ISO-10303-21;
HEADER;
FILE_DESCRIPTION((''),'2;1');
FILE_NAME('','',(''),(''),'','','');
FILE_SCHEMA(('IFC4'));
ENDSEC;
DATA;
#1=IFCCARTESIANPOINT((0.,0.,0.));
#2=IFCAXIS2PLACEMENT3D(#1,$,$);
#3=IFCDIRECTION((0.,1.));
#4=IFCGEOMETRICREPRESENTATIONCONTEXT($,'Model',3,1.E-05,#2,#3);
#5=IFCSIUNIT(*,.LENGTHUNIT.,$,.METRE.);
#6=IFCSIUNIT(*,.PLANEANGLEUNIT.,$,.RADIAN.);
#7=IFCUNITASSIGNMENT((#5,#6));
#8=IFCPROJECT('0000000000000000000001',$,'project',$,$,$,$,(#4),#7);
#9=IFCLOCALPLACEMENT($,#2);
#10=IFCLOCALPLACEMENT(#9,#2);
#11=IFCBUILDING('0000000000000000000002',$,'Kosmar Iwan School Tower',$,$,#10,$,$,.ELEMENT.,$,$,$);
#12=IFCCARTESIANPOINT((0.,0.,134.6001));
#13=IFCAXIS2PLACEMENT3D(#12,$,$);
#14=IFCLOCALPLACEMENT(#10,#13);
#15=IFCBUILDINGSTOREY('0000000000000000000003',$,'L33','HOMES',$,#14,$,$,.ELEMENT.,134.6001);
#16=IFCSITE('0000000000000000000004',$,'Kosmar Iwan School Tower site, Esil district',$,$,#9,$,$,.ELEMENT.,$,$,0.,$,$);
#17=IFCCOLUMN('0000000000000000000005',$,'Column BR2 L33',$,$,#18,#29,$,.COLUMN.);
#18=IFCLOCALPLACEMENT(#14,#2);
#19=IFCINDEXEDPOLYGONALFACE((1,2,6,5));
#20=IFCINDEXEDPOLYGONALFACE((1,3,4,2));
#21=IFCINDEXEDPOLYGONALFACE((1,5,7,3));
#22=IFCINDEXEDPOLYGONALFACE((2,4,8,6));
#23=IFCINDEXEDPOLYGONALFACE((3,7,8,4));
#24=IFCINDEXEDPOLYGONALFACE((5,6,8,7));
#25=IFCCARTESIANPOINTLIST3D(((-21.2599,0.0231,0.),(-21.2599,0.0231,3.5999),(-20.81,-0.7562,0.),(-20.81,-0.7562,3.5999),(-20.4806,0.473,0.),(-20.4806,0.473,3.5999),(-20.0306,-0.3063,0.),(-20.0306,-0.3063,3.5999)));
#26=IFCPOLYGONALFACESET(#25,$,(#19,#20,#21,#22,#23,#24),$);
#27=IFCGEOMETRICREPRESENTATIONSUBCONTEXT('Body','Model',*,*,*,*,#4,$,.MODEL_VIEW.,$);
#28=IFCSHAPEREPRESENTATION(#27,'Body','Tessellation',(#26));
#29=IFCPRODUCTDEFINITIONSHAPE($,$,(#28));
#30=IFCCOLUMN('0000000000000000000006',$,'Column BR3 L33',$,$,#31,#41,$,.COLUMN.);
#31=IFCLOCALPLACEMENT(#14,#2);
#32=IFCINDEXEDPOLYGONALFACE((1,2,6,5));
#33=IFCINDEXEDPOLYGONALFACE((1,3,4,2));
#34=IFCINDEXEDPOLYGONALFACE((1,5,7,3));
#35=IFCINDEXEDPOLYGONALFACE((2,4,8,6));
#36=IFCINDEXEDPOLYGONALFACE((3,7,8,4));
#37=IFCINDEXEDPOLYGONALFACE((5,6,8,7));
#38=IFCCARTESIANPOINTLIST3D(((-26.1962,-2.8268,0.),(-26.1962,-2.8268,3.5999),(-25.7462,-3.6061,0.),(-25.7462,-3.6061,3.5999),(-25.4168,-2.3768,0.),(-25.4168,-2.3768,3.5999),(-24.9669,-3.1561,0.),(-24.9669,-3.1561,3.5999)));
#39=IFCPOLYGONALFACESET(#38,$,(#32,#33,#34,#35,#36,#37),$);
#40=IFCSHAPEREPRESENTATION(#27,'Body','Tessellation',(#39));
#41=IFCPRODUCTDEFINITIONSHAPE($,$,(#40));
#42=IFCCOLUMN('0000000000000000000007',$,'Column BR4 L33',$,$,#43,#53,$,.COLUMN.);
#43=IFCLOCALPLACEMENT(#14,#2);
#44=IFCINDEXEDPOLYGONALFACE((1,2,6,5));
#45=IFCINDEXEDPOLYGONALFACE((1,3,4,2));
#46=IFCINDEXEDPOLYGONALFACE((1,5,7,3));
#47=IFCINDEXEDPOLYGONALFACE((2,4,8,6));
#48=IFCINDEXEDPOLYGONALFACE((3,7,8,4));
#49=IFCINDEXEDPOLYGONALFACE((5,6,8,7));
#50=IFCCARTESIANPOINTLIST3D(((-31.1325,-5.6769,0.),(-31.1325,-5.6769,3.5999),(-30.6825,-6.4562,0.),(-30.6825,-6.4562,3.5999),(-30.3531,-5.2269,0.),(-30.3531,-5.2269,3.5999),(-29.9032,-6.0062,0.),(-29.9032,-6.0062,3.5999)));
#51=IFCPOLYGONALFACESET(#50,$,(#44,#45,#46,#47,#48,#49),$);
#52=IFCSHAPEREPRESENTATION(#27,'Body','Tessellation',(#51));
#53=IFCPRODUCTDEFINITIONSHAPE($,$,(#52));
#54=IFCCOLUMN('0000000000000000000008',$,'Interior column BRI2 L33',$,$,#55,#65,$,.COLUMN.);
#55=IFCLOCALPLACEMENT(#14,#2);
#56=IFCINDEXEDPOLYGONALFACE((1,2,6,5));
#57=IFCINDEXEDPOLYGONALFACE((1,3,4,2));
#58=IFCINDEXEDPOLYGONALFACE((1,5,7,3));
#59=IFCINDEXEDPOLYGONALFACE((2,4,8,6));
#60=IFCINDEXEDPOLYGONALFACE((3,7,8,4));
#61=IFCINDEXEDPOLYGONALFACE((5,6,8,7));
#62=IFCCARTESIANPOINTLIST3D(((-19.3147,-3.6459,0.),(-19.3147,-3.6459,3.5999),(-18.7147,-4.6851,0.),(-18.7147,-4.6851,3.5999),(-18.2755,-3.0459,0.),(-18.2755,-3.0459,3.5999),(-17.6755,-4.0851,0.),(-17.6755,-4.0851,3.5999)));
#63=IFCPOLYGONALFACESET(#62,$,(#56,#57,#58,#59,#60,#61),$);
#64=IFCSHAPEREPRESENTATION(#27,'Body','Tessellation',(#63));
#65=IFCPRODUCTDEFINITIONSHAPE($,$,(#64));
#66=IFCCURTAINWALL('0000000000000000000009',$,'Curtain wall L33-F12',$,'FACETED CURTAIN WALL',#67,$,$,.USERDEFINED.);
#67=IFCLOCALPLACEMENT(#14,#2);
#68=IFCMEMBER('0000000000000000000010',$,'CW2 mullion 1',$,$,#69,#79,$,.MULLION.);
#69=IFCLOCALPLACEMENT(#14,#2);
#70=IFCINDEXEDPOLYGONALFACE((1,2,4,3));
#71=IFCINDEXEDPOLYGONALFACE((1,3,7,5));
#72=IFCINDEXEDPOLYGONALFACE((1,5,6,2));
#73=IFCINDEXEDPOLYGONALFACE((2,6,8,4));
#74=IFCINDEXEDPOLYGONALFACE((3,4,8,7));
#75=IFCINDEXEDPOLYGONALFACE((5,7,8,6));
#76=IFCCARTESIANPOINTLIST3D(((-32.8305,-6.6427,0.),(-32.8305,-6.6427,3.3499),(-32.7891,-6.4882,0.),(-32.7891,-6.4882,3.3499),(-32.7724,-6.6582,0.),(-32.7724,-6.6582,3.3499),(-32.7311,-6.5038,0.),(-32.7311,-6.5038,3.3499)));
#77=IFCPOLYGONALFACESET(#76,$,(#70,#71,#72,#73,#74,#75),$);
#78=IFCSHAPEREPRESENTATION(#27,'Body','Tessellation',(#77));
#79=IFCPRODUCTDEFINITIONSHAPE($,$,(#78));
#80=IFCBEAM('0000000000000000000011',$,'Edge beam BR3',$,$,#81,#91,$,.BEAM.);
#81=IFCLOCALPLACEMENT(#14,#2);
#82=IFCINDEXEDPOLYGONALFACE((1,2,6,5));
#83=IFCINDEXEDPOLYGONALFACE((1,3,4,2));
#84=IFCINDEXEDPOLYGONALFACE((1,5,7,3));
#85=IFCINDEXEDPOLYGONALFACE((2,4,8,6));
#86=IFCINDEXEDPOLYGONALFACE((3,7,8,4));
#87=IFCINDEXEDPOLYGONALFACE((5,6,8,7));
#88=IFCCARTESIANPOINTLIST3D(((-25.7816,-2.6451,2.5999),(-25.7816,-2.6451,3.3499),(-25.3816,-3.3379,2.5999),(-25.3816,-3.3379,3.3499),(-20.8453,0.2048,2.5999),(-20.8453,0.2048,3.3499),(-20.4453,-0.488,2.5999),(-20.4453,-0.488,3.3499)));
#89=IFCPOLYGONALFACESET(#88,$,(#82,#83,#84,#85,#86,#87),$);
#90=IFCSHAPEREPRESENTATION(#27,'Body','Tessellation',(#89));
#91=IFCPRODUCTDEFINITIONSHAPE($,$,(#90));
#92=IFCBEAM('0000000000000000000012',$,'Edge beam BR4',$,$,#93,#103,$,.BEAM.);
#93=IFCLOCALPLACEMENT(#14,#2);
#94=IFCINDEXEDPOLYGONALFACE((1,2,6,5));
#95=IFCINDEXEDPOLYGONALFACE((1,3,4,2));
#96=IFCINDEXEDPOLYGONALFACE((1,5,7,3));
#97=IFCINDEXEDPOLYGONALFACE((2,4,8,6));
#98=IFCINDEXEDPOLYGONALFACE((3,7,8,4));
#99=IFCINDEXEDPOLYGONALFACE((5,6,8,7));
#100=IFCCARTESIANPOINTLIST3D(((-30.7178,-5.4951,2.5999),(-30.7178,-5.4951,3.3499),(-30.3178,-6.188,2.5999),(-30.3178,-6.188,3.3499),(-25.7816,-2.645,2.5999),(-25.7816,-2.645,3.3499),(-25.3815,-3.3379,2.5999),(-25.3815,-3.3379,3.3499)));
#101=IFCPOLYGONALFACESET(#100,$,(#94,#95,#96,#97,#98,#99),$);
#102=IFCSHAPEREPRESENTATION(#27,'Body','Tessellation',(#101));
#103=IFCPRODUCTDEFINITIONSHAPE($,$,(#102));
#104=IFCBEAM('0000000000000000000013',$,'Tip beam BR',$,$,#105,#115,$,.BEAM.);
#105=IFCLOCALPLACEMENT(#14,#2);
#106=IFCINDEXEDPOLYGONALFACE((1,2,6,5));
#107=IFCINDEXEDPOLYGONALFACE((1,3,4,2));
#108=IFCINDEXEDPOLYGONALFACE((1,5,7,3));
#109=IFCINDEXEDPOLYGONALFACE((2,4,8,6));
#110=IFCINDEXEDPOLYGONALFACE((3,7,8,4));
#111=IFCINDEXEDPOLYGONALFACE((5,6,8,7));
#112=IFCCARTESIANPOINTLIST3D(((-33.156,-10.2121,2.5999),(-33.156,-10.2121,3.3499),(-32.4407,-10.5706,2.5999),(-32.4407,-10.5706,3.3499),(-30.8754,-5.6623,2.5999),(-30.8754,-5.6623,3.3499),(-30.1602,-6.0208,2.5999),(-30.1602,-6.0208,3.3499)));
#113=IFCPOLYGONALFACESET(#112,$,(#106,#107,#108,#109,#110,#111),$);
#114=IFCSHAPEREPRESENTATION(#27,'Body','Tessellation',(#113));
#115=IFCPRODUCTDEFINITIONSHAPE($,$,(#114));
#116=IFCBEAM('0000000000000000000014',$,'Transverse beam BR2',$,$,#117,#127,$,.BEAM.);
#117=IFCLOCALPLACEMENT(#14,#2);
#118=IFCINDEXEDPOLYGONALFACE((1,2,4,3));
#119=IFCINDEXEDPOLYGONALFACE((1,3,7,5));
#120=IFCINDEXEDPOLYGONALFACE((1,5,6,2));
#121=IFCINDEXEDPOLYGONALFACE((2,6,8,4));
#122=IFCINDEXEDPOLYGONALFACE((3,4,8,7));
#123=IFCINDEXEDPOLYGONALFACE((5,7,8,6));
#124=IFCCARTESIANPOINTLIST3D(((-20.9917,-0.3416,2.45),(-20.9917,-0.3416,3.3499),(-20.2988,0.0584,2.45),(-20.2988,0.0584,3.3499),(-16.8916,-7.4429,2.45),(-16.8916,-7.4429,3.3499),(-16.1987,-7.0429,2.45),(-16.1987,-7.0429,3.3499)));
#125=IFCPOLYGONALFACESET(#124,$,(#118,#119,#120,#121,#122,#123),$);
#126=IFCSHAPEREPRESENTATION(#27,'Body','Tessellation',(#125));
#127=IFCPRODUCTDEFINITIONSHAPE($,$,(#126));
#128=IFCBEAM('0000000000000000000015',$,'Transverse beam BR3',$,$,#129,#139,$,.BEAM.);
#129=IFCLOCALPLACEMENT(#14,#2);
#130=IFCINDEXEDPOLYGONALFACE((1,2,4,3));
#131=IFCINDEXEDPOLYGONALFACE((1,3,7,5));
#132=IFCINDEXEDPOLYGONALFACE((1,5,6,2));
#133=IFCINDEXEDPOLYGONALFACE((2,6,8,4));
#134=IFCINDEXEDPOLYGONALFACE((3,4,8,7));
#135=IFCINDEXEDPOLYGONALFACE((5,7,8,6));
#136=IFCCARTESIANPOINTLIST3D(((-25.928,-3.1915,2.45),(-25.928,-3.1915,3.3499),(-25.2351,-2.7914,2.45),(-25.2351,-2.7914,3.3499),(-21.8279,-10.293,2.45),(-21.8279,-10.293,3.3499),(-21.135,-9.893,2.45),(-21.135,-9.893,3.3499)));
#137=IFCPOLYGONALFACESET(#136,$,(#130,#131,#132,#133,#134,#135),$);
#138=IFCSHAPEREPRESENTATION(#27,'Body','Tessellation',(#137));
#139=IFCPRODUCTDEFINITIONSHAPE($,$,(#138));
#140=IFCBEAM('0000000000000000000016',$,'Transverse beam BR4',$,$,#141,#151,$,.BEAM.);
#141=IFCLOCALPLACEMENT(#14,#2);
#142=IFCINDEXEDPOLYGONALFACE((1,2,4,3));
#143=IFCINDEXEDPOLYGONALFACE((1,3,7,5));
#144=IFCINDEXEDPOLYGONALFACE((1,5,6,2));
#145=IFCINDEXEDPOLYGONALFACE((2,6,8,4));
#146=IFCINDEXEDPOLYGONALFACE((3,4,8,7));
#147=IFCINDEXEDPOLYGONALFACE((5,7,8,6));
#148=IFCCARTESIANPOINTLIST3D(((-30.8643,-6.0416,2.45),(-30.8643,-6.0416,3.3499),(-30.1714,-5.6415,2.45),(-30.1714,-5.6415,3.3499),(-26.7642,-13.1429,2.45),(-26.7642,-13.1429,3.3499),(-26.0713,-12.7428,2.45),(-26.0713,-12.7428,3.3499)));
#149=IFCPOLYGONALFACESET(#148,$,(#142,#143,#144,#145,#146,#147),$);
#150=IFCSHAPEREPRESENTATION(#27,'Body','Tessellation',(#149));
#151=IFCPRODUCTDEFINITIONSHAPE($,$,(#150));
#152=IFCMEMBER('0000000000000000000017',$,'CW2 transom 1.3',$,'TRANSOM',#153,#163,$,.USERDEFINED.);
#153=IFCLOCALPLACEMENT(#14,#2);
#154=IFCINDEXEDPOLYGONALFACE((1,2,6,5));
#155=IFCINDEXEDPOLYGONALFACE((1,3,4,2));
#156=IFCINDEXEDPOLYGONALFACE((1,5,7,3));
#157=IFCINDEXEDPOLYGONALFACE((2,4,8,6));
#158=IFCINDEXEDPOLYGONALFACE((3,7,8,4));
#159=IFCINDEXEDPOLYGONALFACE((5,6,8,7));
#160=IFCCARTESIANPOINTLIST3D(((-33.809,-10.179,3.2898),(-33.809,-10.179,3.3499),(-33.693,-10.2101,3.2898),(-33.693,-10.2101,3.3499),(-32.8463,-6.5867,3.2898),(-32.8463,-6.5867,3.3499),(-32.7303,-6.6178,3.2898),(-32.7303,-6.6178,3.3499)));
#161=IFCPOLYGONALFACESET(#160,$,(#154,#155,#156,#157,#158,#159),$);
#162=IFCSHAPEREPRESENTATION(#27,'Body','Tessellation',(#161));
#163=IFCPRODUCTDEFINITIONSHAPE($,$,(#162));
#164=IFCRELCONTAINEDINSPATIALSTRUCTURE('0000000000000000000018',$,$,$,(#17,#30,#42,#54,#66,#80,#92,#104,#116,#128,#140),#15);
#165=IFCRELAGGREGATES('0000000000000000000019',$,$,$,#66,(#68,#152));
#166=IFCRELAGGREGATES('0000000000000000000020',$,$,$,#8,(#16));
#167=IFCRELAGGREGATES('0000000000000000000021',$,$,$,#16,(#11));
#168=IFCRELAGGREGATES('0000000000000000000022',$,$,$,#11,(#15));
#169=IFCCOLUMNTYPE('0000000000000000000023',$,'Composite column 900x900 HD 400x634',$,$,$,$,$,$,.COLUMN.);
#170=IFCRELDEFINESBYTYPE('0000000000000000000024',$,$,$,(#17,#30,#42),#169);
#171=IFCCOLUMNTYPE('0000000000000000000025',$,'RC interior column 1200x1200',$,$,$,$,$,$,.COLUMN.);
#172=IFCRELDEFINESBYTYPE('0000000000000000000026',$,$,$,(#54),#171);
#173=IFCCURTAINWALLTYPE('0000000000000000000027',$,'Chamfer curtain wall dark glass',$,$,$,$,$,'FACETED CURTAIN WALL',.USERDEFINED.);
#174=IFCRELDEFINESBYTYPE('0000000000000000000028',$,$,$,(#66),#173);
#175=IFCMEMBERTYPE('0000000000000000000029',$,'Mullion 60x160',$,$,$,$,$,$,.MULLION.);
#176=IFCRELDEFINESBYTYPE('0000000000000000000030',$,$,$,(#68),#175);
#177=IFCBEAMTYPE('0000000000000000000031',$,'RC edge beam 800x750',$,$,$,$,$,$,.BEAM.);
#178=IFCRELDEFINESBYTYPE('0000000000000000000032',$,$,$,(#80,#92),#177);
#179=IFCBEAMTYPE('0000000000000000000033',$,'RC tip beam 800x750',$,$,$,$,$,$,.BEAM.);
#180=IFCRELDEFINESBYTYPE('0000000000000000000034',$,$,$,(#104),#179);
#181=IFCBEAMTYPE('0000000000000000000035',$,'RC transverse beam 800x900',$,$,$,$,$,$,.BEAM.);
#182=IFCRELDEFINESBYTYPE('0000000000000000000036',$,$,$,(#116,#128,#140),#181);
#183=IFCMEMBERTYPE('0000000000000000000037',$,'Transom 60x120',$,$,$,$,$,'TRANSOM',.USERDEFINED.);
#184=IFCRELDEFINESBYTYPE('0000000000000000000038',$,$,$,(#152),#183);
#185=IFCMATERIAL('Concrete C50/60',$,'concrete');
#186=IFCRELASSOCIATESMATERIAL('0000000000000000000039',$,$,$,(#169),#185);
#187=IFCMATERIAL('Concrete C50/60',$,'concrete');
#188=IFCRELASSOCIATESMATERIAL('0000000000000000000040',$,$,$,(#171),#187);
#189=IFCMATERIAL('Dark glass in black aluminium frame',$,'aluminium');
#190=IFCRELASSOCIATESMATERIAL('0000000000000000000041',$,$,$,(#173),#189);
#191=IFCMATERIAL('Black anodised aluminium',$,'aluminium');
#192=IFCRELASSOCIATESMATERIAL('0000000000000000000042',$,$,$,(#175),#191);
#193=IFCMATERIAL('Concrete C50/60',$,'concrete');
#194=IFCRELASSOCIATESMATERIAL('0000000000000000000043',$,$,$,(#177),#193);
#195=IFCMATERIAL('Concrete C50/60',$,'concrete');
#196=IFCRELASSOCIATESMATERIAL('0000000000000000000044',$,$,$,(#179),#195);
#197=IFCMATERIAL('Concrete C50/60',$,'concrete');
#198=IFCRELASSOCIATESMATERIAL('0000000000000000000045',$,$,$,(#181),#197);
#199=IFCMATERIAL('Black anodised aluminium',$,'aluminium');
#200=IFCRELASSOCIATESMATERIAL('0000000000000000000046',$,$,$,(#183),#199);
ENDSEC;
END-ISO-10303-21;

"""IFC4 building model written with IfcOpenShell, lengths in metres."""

from ifc_helpers import new_model, si_unit, direction, frame, origin, origin_2d, place, context, subcontext, project, spatial, rectangle, extrude, material, material_profile, profile_set, type_object, element, aggregate, save


model = new_model("IFC4")

# Units and contexts
model_context = context("Model", 3, precision=1e-05, world=origin(), true_north=direction((0.0, 1.0)))
body_context = subcontext(model_context, "Body", "Model", "MODEL_VIEW")
ifc_project = project(units=[si_unit("LENGTHUNIT", "METRE"), si_unit("PLANEANGLEUNIT", "RADIAN")], contexts=[model_context])

# Site, building, storey
site_placement = place(None, origin())
site = spatial("IfcSite", under=ifc_project, at=site_placement, Name="Kosmar Iwan School Tower site, Esil district", CompositionType="ELEMENT", RefElevation=0.0)
building_placement = place(site_placement, origin())
building = spatial("IfcBuilding", under=site, at=building_placement, Name="Kosmar Iwan School Tower", CompositionType="ELEMENT")
storey_placement = place(building_placement, frame((0.0, 0.0, 134.6001)))
storey = spatial("IfcBuildingStorey", under=building, at=storey_placement, Name="L33", Description="HOMES", CompositionType="ELEMENT", Elevation=134.6001)

# Columns
ifc_material_1 = material(Name="Concrete C50/60", Category="concrete")
ifc_material_profile_1 = material_profile(ifc_material_1, rectangle(XDim=0.8999, YDim=0.8999, at=origin_2d()), Name="RC 900x900 + HD 400x634")
ifc_profile_set_1 = profile_set([ifc_material_profile_1], Name="Concrete C50/60")
column_type_1 = type_object("IfcColumnType", Name="Composite column 900x900 HD 400x634", PredefinedType="COLUMN", material=ifc_profile_set_1)
for number, where, z_axis, x_axis, name in (
    (1, (-20.6453, -0.1416, 0.0), (0.0, 0.0, 1.0), (-0.866025, -0.5, 0.0), "Column BR2 L33"),
    (2, (-25.5815, -2.9915, 0.0), (0.0, 0.0, 1.0), (-0.866025, -0.5, 0.0), "Column BR3 L33"),
    (3, (-30.5178, -5.8416, 0.0), (0.0, 0.0, 1.0), (-0.866025, -0.5, 0.0), "Column BR4 L33"),
):
    element("IfcColumn", number, at=place(storey_placement, frame(where, z_axis=z_axis, x_axis=x_axis)), inside=storey, type_object=column_type_1, Name=name, PredefinedType="COLUMN", context=body_context, shape_type="SweptSolid", body=[
        extrude(rectangle(XDim=0.8999, YDim=0.8999, at=origin_2d()), origin(), (0.0, 0.0, 1.0), 3.5999),
    ])
ifc_material_2 = material(Name="Concrete C50/60", Category="concrete")
ifc_material_profile_2 = material_profile(ifc_material_2, rectangle(XDim=1.2, YDim=1.2, at=origin_2d()), Name="RC 1200x1200")
ifc_profile_set_2 = profile_set([ifc_material_profile_2], Name="Concrete C50/60")
column_type_2 = type_object("IfcColumnType", Name="RC interior column 1200x1200", PredefinedType="COLUMN", material=ifc_profile_set_2)
column_placement = place(storey_placement, frame((-18.4951, -3.8655, 0.0), z_axis=(0.0, 0.0, 1.0), x_axis=(-0.866025, -0.5, 0.0)))
element("IfcColumn", 4, at=column_placement, inside=storey, type_object=column_type_2, Name="Interior column BRI2 L33", PredefinedType="COLUMN", context=body_context, shape_type="SweptSolid", body=[
    extrude(rectangle(XDim=1.2, YDim=1.2, at=origin_2d()), origin(), (0.0, 0.0, 1.0), 3.5999),
])

# Curtain wall, member
ifc_material_3 = material(Name="Dark glass in black aluminium frame", Category="aluminium")
curtain_wall_type = type_object("IfcCurtainWallType", Name="Chamfer curtain wall dark glass", ElementType="FACETED CURTAIN WALL", PredefinedType="USERDEFINED", material=ifc_material_3)
curtain_wall_placement = place(storey_placement, origin())
curtain_wall = element("IfcCurtainWall", 5, at=curtain_wall_placement, inside=storey, type_object=curtain_wall_type, Name="Curtain wall L33-F12", ObjectType="FACETED CURTAIN WALL", PredefinedType="USERDEFINED")
ifc_material_4 = material(Name="Black anodised aluminium", Category="aluminium")
ifc_material_profile_3 = material_profile(ifc_material_4, rectangle(XDim=0.0601, YDim=0.1599, at=origin_2d()), Name="MULLION 60x160")
ifc_profile_set_3 = profile_set([ifc_material_profile_3], Name="Black anodised aluminium")
member_type_1 = type_object("IfcMemberType", Name="Mullion 60x160", PredefinedType="MULLION", material=ifc_profile_set_3)
member_1_placement = place(storey_placement, frame((-32.7808, -6.5732, 0.0), z_axis=(0.0, 0.0, 1.0), x_axis=(0.965926, -0.258819, 0.0)))
member_1 = element("IfcMember", 6, at=member_1_placement, type_object=member_type_1, Name="CW2 mullion 1", PredefinedType="MULLION", context=body_context, shape_type="SweptSolid", body=[
    extrude(rectangle(XDim=0.0601, YDim=0.1599, at=origin_2d()), origin(), (0.0, 0.0, 1.0), 3.3499),
])

# Beams
ifc_material_5 = material(Name="Concrete C50/60", Category="concrete")
ifc_material_profile_4 = material_profile(ifc_material_5, rectangle(XDim=0.8, YDim=0.75, at=origin_2d()), Name="RC 800x750")
ifc_profile_set_4 = profile_set([ifc_material_profile_4], Name="Concrete C50/60")
beam_type_1 = type_object("IfcBeamType", Name="RC edge beam 800x750", PredefinedType="BEAM", material=ifc_profile_set_4)
for number, where, z_axis, x_axis, name in (
    (7, (-20.6453, -0.1416, 2.9749), (-0.866034, -0.499986, 0.0), (0.499986, -0.866034, 0.0), "Edge beam BR3"),
    (8, (-25.5815, -2.9915, 2.9749), (-0.866015, -0.500018, 0.0), (0.500018, -0.866015, 0.0), "Edge beam BR4"),
):
    element("IfcBeam", number, at=place(storey_placement, frame(where, z_axis=z_axis, x_axis=x_axis)), inside=storey, type_object=beam_type_1, Name=name, PredefinedType="BEAM", context=body_context, shape_type="SweptSolid", body=[
        extrude(rectangle(XDim=0.8, YDim=0.75, at=origin_2d()), origin(), (0.0, 0.0, 1.0), 5.7),
    ])
ifc_material_6 = material(Name="Concrete C50/60", Category="concrete")
ifc_material_profile_5 = material_profile(ifc_material_6, rectangle(XDim=0.8, YDim=0.75, at=origin_2d()), Name="RC 800x750")
ifc_profile_set_5 = profile_set([ifc_material_profile_5], Name="Concrete C50/60")
beam_type_2 = type_object("IfcBeamType", Name="RC tip beam 800x750", PredefinedType="BEAM", material=ifc_profile_set_5)
beam_1_placement = place(storey_placement, frame((-30.5178, -5.8416, 2.9749), z_axis=(-0.448096, -0.893985, 0.0), x_axis=(0.893985, -0.448096, 0.0)))
element("IfcBeam", 9, at=beam_1_placement, inside=storey, type_object=beam_type_2, Name="Tip beam BR", PredefinedType="BEAM", context=body_context, shape_type="SweptSolid", body=[
    extrude(rectangle(XDim=0.8, YDim=0.75, at=origin_2d()), origin(), (0.0, 0.0, 1.0), 5.0894),
])
ifc_material_7 = material(Name="Concrete C50/60", Category="concrete")
ifc_material_profile_6 = material_profile(ifc_material_7, rectangle(XDim=0.8, YDim=0.8999, at=origin_2d()), Name="RC 800x900")
ifc_profile_set_6 = profile_set([ifc_material_profile_6], Name="Concrete C50/60")
beam_type_3 = type_object("IfcBeamType", Name="RC transverse beam 800x900", PredefinedType="BEAM", material=ifc_profile_set_6)
beam_2_placement = place(storey_placement, frame((-20.6453, -0.1416, 2.8999), z_axis=(0.500014, -0.866018, 0.0), x_axis=(0.866018, 0.500014, 0.0)))
element("IfcBeam", 10, at=beam_2_placement, inside=storey, type_object=beam_type_3, Name="Transverse beam BR2", PredefinedType="BEAM", context=body_context, shape_type="SweptSolid", body=[
    extrude(rectangle(XDim=0.8, YDim=0.8999, at=origin_2d()), origin(), (0.0, 0.0, 1.0), 8.2),
])
beam_3_placement = place(storey_placement, frame((-25.5815, -2.9915, 2.8999), z_axis=(0.500001, -0.866025, 0.0), x_axis=(0.866025, 0.500001, 0.0)))
element("IfcBeam", 11, at=beam_3_placement, inside=storey, type_object=beam_type_3, Name="Transverse beam BR3", PredefinedType="BEAM", context=body_context, shape_type="SweptSolid", body=[
    extrude(rectangle(XDim=0.8, YDim=0.8999, at=origin_2d()), origin(), (0.0, 0.0, 1.0), 8.2002),
])
beam_4_placement = place(storey_placement, frame((-30.5178, -5.8416, 2.8999), z_axis=(0.500014, -0.866018, 0.0), x_axis=(0.866018, 0.500014, 0.0)))
element("IfcBeam", 12, at=beam_4_placement, inside=storey, type_object=beam_type_3, Name="Transverse beam BR4", PredefinedType="BEAM", context=body_context, shape_type="SweptSolid", body=[
    extrude(rectangle(XDim=0.8, YDim=0.8999, at=origin_2d()), origin(), (0.0, 0.0, 1.0), 8.2),
])

# Member
ifc_material_8 = material(Name="Black anodised aluminium", Category="aluminium")
ifc_material_profile_7 = material_profile(ifc_material_8, rectangle(XDim=0.1201, YDim=0.0601, at=origin_2d()), Name="TRANSOM 60x120")
ifc_profile_set_7 = profile_set([ifc_material_profile_7], Name="Black anodised aluminium")
member_type_2 = type_object("IfcMemberType", Name="Transom 60x120", ElementType="TRANSOM", PredefinedType="USERDEFINED", material=ifc_profile_set_7)
member_2_placement = place(storey_placement, frame((-32.7883, -6.6023, 3.3198), z_axis=(-0.258843, -0.965919, 0.0), x_axis=(0.965919, -0.258843, 0.0)))
member_2 = element("IfcMember", 13, at=member_2_placement, type_object=member_type_2, Name="CW2 transom 1.3", ObjectType="TRANSOM", PredefinedType="USERDEFINED", context=body_context, shape_type="SweptSolid", body=[
    extrude(rectangle(XDim=0.1201, YDim=0.0601, at=origin_2d()), origin(), (0.0, 0.0, 1.0), 3.719),
])
aggregate(curtain_wall, [member_1, member_2])

save(model, "model.ifc")
